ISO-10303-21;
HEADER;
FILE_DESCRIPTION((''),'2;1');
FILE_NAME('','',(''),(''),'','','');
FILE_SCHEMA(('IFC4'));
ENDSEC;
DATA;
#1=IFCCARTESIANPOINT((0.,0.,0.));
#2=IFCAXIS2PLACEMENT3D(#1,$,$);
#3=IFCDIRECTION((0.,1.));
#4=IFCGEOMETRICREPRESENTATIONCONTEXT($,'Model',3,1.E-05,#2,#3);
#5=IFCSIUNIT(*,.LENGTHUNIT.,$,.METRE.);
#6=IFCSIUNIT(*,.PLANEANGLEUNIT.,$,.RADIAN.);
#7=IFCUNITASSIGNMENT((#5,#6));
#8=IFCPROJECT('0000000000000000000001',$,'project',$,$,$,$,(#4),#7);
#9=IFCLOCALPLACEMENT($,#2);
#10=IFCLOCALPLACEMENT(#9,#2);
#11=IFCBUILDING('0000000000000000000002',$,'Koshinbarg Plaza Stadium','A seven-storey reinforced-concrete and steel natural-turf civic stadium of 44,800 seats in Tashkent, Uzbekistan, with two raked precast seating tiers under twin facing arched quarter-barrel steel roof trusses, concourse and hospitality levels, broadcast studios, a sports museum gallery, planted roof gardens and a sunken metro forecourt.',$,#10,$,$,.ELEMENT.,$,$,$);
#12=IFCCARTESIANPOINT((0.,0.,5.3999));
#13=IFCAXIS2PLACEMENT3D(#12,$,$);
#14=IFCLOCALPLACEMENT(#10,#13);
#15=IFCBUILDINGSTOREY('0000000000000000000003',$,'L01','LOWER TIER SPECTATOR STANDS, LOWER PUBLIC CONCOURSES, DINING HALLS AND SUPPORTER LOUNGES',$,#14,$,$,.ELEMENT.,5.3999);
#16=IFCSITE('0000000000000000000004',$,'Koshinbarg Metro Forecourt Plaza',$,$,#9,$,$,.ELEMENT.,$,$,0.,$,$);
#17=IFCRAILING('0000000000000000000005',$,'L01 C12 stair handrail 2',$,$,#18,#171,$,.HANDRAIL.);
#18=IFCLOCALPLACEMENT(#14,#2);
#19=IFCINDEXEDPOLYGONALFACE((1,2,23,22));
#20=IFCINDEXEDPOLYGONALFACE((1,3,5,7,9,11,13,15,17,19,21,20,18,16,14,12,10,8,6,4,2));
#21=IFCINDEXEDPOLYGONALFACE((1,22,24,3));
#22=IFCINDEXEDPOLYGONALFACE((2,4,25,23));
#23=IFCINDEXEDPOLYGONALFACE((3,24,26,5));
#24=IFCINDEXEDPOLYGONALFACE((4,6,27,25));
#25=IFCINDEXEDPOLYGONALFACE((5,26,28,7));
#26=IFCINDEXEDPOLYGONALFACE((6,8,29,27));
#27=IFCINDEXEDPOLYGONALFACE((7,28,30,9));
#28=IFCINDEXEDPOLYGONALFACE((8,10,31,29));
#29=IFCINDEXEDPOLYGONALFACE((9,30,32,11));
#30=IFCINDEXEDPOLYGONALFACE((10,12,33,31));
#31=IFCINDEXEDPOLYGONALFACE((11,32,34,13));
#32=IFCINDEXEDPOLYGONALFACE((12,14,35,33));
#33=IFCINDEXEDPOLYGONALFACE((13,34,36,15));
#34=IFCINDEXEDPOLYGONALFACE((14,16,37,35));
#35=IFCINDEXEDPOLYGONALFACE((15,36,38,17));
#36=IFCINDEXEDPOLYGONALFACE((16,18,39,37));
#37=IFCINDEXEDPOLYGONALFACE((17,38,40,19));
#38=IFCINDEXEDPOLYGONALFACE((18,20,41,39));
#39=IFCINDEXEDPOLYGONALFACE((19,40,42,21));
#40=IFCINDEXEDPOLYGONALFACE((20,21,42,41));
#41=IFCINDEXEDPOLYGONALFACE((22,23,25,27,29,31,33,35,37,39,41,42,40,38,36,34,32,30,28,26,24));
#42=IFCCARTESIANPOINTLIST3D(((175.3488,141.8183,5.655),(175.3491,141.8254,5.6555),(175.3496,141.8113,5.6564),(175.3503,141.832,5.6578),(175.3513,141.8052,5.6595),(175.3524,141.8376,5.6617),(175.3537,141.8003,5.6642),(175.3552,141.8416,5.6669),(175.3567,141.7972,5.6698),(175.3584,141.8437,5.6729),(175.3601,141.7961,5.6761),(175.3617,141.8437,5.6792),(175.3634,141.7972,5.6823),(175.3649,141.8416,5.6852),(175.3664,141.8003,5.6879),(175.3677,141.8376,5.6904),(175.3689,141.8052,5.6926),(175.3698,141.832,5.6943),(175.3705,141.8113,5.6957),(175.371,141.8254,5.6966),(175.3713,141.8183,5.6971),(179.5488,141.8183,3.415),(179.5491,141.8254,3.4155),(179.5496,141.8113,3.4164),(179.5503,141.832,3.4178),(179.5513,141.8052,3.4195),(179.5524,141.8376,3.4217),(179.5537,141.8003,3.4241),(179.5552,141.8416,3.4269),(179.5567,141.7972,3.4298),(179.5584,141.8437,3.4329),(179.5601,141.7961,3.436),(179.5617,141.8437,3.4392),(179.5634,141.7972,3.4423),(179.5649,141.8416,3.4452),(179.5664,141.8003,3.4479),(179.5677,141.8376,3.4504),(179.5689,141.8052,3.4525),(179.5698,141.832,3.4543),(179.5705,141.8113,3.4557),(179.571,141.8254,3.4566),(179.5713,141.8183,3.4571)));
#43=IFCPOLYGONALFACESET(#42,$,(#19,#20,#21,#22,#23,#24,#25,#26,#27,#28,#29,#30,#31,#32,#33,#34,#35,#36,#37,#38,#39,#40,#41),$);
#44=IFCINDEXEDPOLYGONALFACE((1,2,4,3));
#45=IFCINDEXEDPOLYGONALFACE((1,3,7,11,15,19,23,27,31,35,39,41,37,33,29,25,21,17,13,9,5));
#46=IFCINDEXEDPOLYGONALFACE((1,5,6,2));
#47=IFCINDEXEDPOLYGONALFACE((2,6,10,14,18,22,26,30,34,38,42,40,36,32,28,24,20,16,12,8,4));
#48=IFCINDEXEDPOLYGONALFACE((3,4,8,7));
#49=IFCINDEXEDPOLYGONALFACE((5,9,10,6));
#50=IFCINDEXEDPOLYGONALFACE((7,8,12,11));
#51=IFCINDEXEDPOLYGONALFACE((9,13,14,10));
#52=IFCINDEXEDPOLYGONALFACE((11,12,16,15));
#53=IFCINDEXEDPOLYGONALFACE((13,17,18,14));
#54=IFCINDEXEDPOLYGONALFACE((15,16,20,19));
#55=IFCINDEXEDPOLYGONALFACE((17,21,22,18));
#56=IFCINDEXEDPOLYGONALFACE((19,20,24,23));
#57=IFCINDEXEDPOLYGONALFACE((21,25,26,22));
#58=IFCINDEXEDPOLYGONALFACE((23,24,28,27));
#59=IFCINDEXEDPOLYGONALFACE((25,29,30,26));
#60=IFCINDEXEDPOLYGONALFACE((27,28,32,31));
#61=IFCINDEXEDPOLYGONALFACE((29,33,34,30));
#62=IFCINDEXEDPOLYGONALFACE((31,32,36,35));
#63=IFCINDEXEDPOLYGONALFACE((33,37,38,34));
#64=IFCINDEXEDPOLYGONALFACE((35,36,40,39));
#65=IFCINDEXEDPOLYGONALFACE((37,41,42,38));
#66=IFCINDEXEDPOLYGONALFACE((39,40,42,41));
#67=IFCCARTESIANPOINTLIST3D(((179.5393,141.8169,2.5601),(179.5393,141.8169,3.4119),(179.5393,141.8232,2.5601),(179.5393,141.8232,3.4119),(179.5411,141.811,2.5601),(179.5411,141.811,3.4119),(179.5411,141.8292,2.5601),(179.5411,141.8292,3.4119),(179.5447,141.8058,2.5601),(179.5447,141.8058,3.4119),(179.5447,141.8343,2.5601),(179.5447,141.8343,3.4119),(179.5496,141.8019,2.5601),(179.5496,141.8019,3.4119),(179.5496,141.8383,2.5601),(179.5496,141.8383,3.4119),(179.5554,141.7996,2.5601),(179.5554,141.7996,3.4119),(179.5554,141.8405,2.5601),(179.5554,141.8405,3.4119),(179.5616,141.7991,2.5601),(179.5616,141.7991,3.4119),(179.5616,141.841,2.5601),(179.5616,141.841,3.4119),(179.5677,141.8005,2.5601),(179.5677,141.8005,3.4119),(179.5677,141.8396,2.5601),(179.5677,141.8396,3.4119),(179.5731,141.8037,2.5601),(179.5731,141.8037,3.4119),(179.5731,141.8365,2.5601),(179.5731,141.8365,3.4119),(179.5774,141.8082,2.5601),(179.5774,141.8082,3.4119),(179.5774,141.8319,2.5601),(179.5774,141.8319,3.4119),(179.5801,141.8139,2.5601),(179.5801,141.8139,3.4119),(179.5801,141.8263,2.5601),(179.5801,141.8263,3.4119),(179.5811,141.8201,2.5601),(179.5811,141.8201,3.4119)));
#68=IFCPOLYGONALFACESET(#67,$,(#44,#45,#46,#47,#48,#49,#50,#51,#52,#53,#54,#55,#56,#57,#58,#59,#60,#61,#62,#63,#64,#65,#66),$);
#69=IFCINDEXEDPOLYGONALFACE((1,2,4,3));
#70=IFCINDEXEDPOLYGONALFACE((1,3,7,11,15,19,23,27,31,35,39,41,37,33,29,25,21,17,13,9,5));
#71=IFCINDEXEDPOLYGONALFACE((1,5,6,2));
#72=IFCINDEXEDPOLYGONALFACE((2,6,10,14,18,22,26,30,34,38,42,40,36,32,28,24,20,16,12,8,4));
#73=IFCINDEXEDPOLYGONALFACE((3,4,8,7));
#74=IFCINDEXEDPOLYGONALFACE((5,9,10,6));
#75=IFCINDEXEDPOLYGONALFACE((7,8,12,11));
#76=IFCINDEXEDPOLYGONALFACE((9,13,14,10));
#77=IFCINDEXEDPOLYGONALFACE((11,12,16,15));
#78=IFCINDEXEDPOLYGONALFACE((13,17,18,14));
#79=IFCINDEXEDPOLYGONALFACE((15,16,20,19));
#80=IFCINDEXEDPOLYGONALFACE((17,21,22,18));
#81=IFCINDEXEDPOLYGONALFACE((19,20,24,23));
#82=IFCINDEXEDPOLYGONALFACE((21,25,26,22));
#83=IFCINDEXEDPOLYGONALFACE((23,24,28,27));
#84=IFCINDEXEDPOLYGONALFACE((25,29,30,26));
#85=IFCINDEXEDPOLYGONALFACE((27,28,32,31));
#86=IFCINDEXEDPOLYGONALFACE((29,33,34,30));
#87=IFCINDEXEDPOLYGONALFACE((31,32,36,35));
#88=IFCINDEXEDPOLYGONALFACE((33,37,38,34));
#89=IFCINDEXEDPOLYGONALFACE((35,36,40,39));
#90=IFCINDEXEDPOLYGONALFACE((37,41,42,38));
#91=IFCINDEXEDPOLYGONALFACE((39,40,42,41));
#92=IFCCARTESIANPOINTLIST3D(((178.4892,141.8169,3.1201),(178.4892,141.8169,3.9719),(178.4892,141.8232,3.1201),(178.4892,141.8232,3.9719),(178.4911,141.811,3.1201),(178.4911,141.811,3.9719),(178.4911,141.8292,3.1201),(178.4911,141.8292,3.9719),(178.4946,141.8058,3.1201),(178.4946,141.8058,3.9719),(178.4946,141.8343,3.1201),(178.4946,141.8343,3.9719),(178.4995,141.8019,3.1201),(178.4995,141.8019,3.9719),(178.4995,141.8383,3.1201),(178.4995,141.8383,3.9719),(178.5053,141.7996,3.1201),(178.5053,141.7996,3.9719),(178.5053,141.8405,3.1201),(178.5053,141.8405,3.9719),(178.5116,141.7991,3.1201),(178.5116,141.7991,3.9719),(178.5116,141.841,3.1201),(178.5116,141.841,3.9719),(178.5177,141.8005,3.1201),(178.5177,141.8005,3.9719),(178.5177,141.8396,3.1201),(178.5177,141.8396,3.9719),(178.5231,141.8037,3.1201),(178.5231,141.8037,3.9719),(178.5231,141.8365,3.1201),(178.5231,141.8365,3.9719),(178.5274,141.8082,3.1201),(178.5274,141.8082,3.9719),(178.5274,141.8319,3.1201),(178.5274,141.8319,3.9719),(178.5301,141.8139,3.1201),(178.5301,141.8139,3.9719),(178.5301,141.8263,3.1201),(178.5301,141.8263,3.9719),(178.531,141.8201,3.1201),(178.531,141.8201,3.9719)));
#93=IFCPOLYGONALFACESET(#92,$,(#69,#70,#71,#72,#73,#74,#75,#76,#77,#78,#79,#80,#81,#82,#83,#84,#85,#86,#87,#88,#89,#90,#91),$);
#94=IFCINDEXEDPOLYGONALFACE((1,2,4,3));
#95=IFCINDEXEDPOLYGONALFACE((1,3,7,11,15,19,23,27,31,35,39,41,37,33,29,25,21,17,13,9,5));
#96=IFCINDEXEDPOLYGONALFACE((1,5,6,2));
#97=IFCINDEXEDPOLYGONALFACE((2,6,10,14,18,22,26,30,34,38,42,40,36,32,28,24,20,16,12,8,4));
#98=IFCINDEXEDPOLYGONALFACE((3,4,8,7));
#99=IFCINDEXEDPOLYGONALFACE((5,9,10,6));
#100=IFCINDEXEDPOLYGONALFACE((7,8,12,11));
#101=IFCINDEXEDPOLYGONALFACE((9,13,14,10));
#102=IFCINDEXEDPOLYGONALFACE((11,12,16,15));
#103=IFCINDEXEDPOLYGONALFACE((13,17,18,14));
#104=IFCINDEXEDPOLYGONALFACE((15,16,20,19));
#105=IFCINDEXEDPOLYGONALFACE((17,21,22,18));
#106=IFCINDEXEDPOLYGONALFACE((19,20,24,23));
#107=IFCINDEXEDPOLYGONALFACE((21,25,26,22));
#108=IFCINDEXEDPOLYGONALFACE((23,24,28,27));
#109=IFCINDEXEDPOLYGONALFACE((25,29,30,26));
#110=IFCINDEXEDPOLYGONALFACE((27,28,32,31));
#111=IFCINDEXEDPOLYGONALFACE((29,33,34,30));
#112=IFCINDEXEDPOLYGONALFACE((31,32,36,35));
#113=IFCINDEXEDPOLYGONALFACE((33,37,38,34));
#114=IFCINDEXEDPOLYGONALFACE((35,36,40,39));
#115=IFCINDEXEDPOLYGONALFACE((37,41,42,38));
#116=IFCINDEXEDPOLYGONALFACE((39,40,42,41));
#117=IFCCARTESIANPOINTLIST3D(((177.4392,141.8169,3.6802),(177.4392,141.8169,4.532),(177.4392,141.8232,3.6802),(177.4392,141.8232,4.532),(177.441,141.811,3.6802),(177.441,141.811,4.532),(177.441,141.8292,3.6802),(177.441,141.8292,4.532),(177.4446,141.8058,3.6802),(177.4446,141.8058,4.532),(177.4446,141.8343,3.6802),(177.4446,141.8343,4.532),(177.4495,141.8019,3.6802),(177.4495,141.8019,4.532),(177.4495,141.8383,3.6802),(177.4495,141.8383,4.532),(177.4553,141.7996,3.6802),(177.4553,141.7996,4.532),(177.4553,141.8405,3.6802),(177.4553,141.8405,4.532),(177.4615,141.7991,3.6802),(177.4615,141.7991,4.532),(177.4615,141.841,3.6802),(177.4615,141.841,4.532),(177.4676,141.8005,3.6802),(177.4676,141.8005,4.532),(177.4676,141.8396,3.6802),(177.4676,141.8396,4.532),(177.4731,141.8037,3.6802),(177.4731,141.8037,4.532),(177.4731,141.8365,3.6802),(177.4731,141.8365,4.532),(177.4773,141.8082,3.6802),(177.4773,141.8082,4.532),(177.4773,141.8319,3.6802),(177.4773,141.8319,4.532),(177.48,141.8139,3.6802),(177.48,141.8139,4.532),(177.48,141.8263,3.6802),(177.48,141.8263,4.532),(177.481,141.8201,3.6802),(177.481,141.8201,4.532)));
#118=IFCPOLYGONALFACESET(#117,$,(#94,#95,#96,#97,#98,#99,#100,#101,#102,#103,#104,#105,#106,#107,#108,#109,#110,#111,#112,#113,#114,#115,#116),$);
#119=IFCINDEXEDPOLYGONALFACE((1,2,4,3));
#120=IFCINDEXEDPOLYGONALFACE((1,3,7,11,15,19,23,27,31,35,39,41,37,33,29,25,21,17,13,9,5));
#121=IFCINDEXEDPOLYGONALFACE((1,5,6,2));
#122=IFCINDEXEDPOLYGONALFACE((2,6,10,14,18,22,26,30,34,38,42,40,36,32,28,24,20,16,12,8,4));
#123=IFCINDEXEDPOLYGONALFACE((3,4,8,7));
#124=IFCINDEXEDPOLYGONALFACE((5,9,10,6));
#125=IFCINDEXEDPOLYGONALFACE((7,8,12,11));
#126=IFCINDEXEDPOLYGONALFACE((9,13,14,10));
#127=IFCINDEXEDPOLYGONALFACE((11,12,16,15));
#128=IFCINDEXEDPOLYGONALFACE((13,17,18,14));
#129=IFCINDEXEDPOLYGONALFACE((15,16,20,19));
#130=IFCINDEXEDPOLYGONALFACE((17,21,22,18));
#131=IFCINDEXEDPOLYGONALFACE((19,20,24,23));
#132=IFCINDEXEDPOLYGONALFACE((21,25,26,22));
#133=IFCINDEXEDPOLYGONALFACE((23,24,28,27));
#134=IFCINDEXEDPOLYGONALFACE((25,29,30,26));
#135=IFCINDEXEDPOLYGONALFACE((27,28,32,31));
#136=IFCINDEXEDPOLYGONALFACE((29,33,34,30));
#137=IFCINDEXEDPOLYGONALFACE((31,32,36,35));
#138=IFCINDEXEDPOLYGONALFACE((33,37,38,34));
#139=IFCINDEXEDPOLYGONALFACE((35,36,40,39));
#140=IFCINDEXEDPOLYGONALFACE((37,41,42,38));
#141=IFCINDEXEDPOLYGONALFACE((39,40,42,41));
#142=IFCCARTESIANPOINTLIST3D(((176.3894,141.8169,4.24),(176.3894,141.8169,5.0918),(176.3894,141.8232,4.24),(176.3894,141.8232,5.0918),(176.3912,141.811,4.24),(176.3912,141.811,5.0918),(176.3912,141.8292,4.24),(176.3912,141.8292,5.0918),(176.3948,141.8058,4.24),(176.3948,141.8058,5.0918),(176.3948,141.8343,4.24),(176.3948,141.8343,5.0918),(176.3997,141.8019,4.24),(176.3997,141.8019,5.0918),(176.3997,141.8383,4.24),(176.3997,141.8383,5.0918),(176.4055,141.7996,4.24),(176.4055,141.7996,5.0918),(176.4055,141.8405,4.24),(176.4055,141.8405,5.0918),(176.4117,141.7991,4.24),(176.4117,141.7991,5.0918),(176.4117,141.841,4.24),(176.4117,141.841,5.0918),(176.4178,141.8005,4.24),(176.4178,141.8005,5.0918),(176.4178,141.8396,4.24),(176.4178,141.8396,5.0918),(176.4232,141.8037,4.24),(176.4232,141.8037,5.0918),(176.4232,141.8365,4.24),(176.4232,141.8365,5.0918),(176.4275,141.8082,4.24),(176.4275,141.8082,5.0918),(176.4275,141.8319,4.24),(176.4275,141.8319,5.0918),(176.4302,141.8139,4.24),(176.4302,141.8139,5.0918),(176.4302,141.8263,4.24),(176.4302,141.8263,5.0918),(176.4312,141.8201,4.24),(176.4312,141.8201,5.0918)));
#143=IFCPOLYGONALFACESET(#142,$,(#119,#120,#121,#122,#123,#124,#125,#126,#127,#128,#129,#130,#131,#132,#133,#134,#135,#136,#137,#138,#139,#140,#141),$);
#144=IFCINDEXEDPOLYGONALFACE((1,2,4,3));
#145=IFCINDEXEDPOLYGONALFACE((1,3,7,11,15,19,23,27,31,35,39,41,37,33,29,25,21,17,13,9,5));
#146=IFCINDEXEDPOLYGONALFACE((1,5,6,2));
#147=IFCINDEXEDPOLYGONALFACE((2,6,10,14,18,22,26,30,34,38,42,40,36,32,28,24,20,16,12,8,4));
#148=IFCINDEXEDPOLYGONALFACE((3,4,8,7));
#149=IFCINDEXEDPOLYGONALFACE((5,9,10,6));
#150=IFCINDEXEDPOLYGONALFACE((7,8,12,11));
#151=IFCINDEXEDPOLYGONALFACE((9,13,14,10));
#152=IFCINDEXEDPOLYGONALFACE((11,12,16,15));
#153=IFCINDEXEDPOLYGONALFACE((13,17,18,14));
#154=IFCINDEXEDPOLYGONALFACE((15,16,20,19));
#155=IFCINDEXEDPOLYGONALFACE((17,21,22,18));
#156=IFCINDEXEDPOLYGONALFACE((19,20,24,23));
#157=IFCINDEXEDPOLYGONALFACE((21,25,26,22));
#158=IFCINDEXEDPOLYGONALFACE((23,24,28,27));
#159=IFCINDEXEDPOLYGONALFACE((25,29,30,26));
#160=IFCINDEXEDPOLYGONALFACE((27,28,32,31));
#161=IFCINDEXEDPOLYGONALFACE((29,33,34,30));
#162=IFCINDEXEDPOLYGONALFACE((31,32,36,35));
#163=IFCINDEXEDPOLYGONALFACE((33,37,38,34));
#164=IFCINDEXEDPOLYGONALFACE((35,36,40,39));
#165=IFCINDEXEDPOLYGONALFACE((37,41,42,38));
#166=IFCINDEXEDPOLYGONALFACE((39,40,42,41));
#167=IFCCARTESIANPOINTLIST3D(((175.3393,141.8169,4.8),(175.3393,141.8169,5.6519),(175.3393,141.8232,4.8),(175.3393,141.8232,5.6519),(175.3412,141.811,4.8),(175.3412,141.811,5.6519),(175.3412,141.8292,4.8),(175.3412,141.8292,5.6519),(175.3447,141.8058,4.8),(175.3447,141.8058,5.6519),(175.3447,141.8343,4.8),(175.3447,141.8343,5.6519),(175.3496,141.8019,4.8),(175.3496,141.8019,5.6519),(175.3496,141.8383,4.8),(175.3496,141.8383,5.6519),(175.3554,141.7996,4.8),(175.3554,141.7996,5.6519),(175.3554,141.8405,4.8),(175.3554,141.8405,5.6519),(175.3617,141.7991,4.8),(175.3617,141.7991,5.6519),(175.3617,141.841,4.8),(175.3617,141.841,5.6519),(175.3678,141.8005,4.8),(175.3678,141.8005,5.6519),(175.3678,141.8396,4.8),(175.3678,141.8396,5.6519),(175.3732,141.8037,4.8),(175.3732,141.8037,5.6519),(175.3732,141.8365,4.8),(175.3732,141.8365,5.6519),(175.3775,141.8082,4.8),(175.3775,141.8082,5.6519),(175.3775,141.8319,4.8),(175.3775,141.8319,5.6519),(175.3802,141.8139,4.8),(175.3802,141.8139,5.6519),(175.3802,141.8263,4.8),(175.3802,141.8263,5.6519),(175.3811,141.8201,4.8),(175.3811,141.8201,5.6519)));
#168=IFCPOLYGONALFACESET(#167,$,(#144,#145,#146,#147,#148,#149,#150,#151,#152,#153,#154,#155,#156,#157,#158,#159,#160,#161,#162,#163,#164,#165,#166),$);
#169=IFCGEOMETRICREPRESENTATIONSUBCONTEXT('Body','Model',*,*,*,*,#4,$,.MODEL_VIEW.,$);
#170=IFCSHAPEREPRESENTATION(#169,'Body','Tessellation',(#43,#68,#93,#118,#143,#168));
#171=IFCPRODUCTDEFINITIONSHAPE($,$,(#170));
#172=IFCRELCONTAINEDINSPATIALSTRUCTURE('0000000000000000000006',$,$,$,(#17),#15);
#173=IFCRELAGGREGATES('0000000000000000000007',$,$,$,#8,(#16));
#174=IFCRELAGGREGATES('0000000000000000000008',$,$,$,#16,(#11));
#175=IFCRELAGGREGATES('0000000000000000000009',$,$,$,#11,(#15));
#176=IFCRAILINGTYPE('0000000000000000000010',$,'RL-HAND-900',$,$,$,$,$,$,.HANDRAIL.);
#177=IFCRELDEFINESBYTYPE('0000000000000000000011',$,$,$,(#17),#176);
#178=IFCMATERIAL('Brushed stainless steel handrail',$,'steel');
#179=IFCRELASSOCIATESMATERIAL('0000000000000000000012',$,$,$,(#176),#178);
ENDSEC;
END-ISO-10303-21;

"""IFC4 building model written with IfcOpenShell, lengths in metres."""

from ifc_helpers import new_model, si_unit, direction, frame, origin, origin_2d, place, context, subcontext, project, spatial, circle, extrude, material, type_object, element, save


model = new_model("IFC4")

# Units and contexts
model_context = context("Model", 3, precision=1e-05, world=origin(), true_north=direction((0.0, 1.0)))
body_context = subcontext(model_context, "Body", "Model", "MODEL_VIEW")
ifc_project = project(units=[si_unit("LENGTHUNIT", "METRE"), si_unit("PLANEANGLEUNIT", "RADIAN")], contexts=[model_context])

# Site, building, storey
site_placement = place(None, origin())
site = spatial("IfcSite", under=ifc_project, at=site_placement, Name="Koshinbarg Metro Forecourt Plaza", CompositionType="ELEMENT", RefElevation=0.0)
building_placement = place(site_placement, origin())
building = spatial("IfcBuilding", under=site, at=building_placement, Name="Koshinbarg Plaza Stadium", Description="A seven-storey reinforced-concrete and steel natural-turf civic stadium of 44,800 seats in Tashkent, Uzbekistan, with two raked precast seating tiers under twin facing arched quarter-barrel steel roof trusses, concourse and hospitality levels, broadcast studios, a sports museum gallery, planted roof gardens and a sunken metro forecourt.", CompositionType="ELEMENT")
storey_placement = place(building_placement, frame((0.0, 0.0, 5.3999)))
storey = spatial("IfcBuildingStorey", under=building, at=storey_placement, Name="L01", Description="LOWER TIER SPECTATOR STANDS, LOWER PUBLIC CONCOURSES, DINING HALLS AND SUPPORTER LOUNGES", CompositionType="ELEMENT", Elevation=5.3999)

# Railing
ifc_material_1 = material(Name="Brushed stainless steel handrail", Category="steel")
railing_type_1 = type_object("IfcRailingType", Name="RL-HAND-900", PredefinedType="HANDRAIL", material=ifc_material_1)
railing_1_placement = place(storey_placement, frame((179.5601, 141.8201, 2.5601)))
element("IfcRailing", 1, at=railing_1_placement, inside=storey, type_object=railing_type_1, Name="L01 C12 stair handrail 2", PredefinedType="HANDRAIL", context=body_context, shape_type="SweptSolid", body=[
    extrude(circle(Radius=0.0239, at=origin_2d()), frame((0.0, 0.0, 0.876), z_axis=(-0.882352, 0.0, 0.470591), x_axis=(0.0, -1.0, 0.0)), (0.0, 0.0, 1.0), 4.76),
    extrude(circle(Radius=0.021, at=origin_2d()), origin(), (0.0, 0.0, 1.0), 0.8518),
    extrude(circle(Radius=0.021, at=origin_2d()), frame((-1.05, 0.0, 0.5601)), (0.0, 0.0, 1.0), 0.8518),
    extrude(circle(Radius=0.021, at=origin_2d()), frame((-2.1001, 0.0, 1.1201)), (0.0, 0.0, 1.0), 0.8518),
    extrude(circle(Radius=0.021, at=origin_2d()), frame((-3.1499, 0.0, 1.6799)), (0.0, 0.0, 1.0), 0.8518),
    extrude(circle(Radius=0.021, at=origin_2d()), frame((-4.2, 0.0, 2.24)), (0.0, 0.0, 1.0), 0.8518),
])

save(model, "model.ifc")
